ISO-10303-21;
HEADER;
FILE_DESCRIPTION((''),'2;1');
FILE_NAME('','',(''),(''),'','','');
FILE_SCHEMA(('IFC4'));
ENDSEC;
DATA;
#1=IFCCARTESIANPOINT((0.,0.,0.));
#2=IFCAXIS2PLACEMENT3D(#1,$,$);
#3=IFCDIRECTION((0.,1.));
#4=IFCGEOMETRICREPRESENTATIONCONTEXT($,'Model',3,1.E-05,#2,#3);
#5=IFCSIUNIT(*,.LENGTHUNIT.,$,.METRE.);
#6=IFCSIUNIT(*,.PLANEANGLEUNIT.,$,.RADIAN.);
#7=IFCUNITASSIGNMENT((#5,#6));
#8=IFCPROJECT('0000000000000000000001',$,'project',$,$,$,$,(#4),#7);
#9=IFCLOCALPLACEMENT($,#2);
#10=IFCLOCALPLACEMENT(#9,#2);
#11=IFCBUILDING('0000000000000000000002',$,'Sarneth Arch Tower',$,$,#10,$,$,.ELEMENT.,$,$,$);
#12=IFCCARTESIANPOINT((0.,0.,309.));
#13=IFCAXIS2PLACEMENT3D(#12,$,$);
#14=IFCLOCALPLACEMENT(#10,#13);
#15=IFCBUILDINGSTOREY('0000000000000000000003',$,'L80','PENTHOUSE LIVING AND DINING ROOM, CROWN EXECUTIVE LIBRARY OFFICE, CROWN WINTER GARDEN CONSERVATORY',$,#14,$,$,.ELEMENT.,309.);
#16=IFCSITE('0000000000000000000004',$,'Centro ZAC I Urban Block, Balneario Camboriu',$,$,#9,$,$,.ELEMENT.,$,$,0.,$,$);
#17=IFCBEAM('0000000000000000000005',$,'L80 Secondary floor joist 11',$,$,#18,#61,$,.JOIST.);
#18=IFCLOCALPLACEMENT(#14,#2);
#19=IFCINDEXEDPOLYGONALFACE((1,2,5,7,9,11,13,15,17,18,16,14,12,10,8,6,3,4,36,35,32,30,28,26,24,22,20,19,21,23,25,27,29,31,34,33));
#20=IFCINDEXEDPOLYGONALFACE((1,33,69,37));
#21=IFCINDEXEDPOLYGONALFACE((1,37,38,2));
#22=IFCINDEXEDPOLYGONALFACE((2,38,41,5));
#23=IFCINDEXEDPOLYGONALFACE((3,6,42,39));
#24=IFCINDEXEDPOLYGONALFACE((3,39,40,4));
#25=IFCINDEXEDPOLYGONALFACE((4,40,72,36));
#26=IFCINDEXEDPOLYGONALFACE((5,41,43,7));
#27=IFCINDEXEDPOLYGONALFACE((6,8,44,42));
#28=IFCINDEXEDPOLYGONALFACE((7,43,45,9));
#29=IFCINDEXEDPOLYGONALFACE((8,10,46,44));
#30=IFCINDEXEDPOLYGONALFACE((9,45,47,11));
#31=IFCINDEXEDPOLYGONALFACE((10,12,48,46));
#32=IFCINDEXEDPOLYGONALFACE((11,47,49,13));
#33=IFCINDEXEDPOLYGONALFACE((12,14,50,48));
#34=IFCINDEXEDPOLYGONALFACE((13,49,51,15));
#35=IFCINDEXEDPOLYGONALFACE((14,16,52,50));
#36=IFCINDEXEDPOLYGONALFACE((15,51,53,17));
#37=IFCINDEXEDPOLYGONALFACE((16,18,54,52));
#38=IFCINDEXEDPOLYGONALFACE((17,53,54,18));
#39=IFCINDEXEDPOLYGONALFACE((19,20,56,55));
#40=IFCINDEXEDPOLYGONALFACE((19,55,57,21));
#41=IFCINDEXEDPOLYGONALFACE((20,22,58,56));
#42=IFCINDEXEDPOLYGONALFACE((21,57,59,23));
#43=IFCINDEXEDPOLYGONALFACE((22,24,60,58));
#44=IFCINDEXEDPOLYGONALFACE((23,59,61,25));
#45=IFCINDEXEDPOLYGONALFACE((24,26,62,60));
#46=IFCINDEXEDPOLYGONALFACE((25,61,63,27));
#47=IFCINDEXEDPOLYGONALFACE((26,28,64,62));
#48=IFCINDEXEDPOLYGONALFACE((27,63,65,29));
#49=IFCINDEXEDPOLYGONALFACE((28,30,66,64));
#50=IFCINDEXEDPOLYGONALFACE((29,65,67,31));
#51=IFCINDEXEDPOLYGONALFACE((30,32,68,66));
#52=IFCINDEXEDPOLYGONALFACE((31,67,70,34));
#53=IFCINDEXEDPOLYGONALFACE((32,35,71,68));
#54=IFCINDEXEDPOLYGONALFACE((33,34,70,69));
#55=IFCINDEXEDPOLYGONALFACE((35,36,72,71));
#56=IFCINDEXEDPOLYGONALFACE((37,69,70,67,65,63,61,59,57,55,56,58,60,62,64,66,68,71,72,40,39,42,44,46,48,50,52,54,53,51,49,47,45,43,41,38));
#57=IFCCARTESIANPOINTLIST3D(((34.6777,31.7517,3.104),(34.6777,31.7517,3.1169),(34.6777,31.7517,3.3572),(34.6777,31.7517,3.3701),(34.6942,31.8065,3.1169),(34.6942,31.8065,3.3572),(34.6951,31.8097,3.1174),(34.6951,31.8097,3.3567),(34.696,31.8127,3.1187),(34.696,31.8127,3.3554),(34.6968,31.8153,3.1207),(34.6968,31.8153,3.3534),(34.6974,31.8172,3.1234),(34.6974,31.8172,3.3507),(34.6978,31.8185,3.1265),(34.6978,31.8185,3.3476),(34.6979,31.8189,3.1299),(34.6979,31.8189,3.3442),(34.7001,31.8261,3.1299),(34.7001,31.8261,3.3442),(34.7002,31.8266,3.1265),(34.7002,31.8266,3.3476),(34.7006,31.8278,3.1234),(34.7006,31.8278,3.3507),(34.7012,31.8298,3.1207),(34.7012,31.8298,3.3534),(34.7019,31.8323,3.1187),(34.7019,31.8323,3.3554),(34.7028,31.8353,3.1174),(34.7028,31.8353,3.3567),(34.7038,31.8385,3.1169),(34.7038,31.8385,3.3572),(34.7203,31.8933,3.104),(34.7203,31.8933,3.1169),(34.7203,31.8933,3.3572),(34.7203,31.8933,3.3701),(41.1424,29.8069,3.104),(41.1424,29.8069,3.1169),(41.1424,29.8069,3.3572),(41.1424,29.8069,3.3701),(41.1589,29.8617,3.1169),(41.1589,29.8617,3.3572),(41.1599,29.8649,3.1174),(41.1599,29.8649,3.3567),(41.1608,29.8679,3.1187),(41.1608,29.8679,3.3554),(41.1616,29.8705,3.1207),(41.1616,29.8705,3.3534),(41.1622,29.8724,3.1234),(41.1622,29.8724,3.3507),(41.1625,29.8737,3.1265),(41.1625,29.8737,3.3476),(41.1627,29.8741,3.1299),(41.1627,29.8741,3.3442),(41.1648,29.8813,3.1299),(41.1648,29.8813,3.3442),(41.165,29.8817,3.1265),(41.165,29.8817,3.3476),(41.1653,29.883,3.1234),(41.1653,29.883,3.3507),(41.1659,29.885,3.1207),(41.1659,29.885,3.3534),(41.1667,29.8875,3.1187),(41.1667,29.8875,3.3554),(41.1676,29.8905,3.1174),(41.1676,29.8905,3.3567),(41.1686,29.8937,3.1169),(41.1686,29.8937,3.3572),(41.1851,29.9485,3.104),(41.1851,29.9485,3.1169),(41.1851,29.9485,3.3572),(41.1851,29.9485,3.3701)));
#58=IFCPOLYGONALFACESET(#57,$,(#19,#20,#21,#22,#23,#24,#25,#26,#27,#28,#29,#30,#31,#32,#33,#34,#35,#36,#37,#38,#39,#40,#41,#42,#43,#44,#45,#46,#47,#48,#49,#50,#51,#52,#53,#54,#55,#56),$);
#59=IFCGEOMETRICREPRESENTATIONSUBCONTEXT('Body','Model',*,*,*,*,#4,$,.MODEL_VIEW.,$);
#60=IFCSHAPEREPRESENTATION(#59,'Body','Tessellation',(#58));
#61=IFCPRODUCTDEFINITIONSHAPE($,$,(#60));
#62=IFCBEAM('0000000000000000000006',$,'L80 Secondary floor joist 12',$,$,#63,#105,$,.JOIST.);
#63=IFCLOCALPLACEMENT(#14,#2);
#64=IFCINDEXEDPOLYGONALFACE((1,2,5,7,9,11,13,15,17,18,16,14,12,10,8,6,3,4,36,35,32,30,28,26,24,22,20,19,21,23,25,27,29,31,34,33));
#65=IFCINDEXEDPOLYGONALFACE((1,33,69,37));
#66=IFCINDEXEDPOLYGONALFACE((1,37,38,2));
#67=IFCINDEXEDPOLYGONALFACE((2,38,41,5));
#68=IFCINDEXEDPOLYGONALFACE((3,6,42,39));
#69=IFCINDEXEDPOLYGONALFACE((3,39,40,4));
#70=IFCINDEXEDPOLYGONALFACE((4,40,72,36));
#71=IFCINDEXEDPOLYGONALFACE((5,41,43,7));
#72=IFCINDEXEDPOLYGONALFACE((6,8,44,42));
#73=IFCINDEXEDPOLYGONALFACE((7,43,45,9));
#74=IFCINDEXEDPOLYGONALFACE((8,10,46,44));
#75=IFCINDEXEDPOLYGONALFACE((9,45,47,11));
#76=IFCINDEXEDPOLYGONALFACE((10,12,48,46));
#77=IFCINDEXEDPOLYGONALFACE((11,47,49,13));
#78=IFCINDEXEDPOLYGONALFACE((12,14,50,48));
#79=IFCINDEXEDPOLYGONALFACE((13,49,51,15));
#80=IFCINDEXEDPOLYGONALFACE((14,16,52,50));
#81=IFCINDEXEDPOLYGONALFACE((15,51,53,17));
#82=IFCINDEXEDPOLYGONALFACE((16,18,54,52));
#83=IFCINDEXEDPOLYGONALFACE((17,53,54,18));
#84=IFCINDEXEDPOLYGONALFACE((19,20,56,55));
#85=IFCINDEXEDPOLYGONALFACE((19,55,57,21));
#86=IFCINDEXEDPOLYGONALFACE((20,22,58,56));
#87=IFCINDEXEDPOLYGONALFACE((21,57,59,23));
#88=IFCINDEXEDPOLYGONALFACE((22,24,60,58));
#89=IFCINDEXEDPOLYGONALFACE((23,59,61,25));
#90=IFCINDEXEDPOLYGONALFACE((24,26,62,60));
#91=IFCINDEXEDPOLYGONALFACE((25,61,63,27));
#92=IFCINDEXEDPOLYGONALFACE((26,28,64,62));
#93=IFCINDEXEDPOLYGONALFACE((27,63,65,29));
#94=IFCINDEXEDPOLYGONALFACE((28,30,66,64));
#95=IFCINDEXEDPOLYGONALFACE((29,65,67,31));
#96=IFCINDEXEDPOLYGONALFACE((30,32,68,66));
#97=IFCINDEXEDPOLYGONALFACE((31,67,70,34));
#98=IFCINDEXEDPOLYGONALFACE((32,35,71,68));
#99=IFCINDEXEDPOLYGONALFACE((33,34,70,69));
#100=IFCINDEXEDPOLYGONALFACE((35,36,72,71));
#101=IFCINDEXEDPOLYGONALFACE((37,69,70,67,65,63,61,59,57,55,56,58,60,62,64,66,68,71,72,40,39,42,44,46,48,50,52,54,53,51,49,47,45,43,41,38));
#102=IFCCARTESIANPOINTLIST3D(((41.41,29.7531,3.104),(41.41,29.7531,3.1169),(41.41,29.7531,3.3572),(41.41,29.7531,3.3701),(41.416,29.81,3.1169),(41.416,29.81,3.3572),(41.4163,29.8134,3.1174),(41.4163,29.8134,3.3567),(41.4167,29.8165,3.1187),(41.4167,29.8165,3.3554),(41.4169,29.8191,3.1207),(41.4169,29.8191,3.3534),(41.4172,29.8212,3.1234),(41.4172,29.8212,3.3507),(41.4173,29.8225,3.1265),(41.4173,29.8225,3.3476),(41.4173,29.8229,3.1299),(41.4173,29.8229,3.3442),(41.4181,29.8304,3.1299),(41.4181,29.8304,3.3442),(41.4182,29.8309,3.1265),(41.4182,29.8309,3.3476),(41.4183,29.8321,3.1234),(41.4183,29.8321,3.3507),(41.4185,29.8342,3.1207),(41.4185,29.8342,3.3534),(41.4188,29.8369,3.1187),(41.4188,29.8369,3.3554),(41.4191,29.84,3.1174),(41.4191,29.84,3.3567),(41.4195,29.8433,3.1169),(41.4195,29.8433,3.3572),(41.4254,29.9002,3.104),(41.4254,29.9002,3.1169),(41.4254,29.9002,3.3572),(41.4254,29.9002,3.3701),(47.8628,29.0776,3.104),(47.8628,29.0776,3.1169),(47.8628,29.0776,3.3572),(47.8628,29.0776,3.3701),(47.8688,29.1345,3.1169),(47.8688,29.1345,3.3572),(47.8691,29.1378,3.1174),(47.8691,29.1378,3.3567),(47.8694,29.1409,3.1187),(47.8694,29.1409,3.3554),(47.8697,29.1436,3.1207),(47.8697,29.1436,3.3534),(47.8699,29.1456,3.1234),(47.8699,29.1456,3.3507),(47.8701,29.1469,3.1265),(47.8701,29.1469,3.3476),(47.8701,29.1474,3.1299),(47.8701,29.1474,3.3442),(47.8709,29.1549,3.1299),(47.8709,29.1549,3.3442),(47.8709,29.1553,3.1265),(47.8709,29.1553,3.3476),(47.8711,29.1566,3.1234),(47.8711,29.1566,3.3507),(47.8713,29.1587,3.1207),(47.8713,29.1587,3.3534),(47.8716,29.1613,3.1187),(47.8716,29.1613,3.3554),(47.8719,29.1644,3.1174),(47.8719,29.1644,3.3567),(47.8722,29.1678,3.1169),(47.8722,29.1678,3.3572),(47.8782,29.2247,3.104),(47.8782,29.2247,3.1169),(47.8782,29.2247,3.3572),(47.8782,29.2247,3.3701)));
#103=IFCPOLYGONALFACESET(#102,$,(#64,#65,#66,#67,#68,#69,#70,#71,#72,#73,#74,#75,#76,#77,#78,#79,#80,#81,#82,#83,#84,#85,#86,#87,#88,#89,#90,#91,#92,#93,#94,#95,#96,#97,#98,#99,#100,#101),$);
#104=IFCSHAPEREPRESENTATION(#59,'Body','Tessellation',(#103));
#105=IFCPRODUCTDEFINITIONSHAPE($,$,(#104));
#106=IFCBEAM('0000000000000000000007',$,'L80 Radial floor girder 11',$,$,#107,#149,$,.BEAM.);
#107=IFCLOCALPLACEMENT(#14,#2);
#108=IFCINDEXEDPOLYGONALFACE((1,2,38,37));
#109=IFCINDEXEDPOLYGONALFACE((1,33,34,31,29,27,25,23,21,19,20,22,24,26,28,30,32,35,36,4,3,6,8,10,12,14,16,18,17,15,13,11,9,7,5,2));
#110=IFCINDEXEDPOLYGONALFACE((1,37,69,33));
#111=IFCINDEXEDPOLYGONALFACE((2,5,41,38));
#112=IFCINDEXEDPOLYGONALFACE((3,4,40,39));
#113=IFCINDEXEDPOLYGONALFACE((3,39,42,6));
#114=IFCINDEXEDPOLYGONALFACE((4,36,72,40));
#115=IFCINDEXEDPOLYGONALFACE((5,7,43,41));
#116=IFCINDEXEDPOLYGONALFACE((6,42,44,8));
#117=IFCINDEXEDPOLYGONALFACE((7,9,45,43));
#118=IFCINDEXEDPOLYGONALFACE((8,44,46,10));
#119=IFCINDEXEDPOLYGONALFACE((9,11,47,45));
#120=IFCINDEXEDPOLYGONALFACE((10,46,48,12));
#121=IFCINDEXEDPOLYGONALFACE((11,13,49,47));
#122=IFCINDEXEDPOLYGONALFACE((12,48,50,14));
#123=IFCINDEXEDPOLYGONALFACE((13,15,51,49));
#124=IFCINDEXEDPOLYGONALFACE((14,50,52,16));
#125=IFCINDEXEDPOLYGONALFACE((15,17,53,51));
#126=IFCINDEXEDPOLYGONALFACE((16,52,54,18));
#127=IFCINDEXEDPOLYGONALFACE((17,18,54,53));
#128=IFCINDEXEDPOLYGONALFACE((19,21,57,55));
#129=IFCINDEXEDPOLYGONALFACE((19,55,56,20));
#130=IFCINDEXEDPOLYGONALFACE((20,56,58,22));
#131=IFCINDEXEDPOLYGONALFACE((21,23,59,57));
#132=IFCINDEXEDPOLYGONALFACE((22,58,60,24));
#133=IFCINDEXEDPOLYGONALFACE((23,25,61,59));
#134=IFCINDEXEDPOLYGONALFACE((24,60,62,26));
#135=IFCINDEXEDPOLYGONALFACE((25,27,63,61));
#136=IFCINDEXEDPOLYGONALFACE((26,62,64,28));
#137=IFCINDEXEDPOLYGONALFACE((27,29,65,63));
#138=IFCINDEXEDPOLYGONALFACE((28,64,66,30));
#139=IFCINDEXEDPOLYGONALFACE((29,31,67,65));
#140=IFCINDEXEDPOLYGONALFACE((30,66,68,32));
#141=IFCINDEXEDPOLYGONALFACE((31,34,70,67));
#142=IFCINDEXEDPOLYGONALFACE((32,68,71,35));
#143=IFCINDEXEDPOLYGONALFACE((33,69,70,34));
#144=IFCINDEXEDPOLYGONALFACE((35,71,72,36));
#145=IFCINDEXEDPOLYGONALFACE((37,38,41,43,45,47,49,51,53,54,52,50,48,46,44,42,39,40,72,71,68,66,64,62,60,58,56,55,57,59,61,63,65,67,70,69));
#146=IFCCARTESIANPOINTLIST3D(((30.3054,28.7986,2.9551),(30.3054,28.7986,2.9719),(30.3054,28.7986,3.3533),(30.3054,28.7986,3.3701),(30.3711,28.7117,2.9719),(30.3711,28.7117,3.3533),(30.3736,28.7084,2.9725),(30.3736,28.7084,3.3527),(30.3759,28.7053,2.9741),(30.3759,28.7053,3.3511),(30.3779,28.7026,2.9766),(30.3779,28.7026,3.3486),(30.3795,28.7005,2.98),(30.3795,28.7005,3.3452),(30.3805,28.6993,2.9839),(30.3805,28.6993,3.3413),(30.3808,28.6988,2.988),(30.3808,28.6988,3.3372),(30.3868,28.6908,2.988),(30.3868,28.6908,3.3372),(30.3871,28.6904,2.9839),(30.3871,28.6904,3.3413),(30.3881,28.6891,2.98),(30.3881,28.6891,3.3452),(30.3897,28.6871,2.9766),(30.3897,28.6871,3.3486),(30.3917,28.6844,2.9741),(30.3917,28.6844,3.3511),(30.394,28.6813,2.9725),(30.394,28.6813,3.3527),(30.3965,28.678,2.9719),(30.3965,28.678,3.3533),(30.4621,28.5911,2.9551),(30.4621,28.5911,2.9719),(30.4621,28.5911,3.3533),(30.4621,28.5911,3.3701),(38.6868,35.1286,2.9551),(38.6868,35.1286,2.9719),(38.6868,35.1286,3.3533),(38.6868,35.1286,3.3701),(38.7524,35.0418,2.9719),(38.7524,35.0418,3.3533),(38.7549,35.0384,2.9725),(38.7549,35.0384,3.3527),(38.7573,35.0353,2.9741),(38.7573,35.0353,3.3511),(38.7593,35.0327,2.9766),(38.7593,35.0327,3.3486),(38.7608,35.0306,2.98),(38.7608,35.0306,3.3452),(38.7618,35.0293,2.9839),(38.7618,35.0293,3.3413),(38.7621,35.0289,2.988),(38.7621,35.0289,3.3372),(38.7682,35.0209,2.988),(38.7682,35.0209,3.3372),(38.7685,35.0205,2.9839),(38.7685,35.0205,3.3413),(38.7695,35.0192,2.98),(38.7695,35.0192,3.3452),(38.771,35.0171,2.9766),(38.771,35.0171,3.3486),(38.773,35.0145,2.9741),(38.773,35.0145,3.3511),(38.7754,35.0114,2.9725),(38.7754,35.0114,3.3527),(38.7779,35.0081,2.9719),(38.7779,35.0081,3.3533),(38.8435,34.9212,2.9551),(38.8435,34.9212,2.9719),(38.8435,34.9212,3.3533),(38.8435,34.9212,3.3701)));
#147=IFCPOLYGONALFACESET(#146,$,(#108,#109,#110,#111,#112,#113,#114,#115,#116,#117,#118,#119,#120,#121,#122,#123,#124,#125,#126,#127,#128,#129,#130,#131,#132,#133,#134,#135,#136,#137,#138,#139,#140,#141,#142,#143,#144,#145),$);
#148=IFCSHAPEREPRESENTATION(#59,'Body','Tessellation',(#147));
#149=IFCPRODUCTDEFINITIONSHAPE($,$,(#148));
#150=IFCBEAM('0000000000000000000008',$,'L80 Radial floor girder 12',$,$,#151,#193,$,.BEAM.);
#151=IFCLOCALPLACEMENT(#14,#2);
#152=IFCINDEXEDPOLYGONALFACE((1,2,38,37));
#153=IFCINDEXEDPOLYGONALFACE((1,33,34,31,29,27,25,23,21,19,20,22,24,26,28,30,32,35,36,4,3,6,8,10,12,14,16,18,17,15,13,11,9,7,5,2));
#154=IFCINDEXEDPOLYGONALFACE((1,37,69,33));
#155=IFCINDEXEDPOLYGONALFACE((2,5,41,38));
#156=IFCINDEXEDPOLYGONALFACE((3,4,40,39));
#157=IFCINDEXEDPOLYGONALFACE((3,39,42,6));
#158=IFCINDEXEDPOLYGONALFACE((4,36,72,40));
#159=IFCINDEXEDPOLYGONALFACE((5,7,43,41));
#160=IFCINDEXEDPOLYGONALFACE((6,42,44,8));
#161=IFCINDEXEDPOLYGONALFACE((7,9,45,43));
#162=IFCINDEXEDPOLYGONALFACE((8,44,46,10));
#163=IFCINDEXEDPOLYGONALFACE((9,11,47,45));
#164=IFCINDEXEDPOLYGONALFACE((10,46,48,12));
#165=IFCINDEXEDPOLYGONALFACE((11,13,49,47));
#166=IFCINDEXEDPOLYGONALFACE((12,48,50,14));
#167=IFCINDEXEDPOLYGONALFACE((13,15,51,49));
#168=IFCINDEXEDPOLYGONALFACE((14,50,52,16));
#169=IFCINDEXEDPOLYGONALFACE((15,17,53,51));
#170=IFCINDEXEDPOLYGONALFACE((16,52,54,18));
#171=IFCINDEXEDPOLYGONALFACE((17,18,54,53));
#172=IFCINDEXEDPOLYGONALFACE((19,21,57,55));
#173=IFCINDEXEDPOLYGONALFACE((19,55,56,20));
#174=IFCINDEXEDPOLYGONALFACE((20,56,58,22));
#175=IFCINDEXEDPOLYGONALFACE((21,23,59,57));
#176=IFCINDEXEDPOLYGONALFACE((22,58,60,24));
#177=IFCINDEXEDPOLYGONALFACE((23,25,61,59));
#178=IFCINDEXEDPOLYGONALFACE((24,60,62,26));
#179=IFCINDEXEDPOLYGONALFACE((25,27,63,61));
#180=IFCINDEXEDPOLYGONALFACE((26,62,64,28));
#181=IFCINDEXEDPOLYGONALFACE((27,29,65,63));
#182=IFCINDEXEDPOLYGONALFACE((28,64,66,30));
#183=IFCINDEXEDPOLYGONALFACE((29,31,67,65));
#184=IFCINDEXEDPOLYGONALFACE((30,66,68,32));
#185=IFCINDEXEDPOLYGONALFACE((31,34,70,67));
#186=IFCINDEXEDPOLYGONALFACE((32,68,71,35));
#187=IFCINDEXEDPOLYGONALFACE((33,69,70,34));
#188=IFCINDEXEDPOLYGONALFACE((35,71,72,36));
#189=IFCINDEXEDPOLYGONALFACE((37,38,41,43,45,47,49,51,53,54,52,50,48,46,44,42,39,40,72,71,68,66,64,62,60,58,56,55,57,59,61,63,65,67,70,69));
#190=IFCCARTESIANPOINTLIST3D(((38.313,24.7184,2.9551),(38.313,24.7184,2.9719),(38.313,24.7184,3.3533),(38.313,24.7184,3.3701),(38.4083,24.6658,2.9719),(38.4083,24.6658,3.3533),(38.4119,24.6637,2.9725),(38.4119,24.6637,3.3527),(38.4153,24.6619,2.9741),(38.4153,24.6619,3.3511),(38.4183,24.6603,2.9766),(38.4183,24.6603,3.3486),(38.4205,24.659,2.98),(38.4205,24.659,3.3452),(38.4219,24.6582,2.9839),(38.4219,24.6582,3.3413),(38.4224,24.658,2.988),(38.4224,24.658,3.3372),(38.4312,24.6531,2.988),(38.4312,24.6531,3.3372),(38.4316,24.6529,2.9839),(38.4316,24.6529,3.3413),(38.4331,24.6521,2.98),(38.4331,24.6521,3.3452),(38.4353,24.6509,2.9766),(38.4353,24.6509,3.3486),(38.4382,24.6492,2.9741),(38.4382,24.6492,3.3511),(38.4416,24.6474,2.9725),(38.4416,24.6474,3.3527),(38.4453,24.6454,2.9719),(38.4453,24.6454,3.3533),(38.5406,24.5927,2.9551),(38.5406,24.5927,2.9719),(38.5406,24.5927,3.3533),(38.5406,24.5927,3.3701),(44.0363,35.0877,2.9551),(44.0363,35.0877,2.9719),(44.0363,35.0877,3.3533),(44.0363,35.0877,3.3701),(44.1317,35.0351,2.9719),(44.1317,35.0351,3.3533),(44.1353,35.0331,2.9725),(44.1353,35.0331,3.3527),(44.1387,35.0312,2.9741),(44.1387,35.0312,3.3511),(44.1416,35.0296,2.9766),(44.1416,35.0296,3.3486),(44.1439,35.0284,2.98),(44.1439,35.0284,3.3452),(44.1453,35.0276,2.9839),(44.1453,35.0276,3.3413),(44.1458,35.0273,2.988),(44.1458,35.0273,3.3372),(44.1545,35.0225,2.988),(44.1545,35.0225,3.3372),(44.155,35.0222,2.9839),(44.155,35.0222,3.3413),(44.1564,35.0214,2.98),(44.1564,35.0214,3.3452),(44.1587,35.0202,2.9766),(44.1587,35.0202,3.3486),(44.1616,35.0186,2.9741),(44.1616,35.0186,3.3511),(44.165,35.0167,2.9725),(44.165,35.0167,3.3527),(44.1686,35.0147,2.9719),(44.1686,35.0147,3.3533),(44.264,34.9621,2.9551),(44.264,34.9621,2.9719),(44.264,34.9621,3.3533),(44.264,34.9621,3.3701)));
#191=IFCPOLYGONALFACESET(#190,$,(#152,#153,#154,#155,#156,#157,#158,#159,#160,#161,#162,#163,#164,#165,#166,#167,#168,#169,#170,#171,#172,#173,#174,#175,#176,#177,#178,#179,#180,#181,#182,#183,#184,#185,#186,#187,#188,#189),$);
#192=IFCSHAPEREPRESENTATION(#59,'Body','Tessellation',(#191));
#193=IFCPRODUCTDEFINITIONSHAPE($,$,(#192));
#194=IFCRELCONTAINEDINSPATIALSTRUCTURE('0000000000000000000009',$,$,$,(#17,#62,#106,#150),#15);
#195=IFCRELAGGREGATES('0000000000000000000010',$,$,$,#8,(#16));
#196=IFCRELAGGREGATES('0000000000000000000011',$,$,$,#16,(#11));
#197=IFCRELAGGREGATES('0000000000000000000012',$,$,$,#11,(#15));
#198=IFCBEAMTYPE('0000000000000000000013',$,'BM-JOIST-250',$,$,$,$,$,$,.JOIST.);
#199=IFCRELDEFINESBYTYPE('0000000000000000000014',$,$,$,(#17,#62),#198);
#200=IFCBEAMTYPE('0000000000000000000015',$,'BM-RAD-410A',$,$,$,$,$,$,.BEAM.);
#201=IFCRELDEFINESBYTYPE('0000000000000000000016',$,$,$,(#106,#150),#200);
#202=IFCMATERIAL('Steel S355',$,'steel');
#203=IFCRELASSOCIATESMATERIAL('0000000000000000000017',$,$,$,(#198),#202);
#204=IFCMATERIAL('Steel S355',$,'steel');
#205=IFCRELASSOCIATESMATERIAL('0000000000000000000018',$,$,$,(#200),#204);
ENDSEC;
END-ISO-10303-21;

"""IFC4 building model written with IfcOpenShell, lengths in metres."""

from ifc_helpers import new_model, si_unit, direction, frame, origin, origin_2d, place, context, subcontext, project, spatial, i_section, extrude, material, material_profile, profile_set, type_object, element, save


model = new_model("IFC4")

# Units and contexts
model_context = context("Model", 3, precision=1e-05, world=origin(), true_north=direction((0.0, 1.0)))
body_context = subcontext(model_context, "Body", "Model", "MODEL_VIEW")
ifc_project = project(units=[si_unit("LENGTHUNIT", "METRE"), si_unit("PLANEANGLEUNIT", "RADIAN")], contexts=[model_context])

# Site, building, storey
site_placement = place(None, origin())
site = spatial("IfcSite", under=ifc_project, at=site_placement, Name="Centro ZAC I Urban Block, Balneario Camboriu", CompositionType="ELEMENT", RefElevation=0.0)
building_placement = place(site_placement, origin())
building = spatial("IfcBuilding", under=site, at=building_placement, Name="Sarneth Arch Tower", CompositionType="ELEMENT")
storey_placement = place(building_placement, frame((0.0, 0.0, 309.0)))
storey = spatial("IfcBuildingStorey", under=building, at=storey_placement, Name="L80", Description="PENTHOUSE LIVING AND DINING ROOM, CROWN EXECUTIVE LIBRARY OFFICE, CROWN WINTER GARDEN CONSERVATORY", CompositionType="ELEMENT", Elevation=309.0)

# Beams
ifc_material_1 = material(Name="Steel S355", Category="steel")
ifc_material_profile_1 = material_profile(ifc_material_1, i_section(OverallWidth=0.1479, OverallDepth=0.2661, WebThickness=0.0076, FlangeThickness=0.0129, FilletRadius=0.0129, at=origin_2d()), Name="W250x44.8")
ifc_profile_set_1 = profile_set([ifc_material_profile_1], Name="Steel S355")
beam_type_1 = type_object("IfcBeamType", Name="BM-JOIST-250", PredefinedType="JOIST", material=ifc_profile_set_1)
beam_1_placement = place(storey_placement, frame((34.699, 31.8225, 3.2371), z_axis=(0.957607, -0.288078, 0.0), x_axis=(0.288078, 0.957607, 0.0)))
element("IfcBeam", 1, at=beam_1_placement, inside=storey, type_object=beam_type_1, Name="L80 Secondary floor joist 11", PredefinedType="JOIST", context=body_context, shape_type="SweptSolid", body=[
    extrude(i_section(OverallWidth=0.1479, OverallDepth=0.2661, WebThickness=0.0076, FlangeThickness=0.0129, FilletRadius=0.0129, at=origin_2d()), origin(), (0.0, 0.0, 1.0), 6.751),
])
beam_2_placement = place(storey_placement, frame((41.4177, 29.8267, 3.2371), z_axis=(0.994565, -0.104119, 0.0), x_axis=(0.104119, 0.994565, 0.0)))
element("IfcBeam", 2, at=beam_2_placement, inside=storey, type_object=beam_type_1, Name="L80 Secondary floor joist 12", PredefinedType="JOIST", context=body_context, shape_type="SweptSolid", body=[
    extrude(i_section(OverallWidth=0.1479, OverallDepth=0.2661, WebThickness=0.0076, FlangeThickness=0.0129, FilletRadius=0.0129, at=origin_2d()), origin(), (0.0, 0.0, 1.0), 6.488),
])
ifc_material_2 = material(Name="Steel S355", Category="steel")
ifc_material_profile_2 = material_profile(ifc_material_2, i_section(OverallWidth=0.26, OverallDepth=0.415, WebThickness=0.01, FlangeThickness=0.0168, FilletRadius=0.0161, at=origin_2d()), Name="W410x100")
ifc_profile_set_2 = profile_set([ifc_material_profile_2], Name="Steel S355")
beam_type_2 = type_object("IfcBeamType", Name="BM-RAD-410A", PredefinedType="BEAM", material=ifc_profile_set_2)
beam_3_placement = place(storey_placement, frame((38.7651, 35.0249, 3.1626), z_axis=(-0.797982, -0.602682, 0.0), x_axis=(0.602682, -0.797982, 0.0)))
element("IfcBeam", 3, at=beam_3_placement, inside=storey, type_object=beam_type_2, Name="L80 Radial floor girder 11", PredefinedType="BEAM", context=body_context, shape_type="SweptSolid", body=[
    extrude(i_section(OverallWidth=0.26, OverallDepth=0.415, WebThickness=0.01, FlangeThickness=0.0168, FilletRadius=0.0161, at=origin_2d()), origin(), (0.0, 0.0, 1.0), 10.5032),
])
beam_4_placement = place(storey_placement, frame((44.1501, 35.0249, 3.1626), z_axis=(-0.483229, -0.875494, 0.0), x_axis=(0.875494, -0.483229, 0.0)))
element("IfcBeam", 4, at=beam_4_placement, inside=storey, type_object=beam_type_2, Name="L80 Radial floor girder 12", PredefinedType="BEAM", context=body_context, shape_type="SweptSolid", body=[
    extrude(i_section(OverallWidth=0.26, OverallDepth=0.415, WebThickness=0.01, FlangeThickness=0.0168, FilletRadius=0.0161, at=origin_2d()), origin(), (0.0, 0.0, 1.0), 11.844),
])

save(model, "model.ifc")
